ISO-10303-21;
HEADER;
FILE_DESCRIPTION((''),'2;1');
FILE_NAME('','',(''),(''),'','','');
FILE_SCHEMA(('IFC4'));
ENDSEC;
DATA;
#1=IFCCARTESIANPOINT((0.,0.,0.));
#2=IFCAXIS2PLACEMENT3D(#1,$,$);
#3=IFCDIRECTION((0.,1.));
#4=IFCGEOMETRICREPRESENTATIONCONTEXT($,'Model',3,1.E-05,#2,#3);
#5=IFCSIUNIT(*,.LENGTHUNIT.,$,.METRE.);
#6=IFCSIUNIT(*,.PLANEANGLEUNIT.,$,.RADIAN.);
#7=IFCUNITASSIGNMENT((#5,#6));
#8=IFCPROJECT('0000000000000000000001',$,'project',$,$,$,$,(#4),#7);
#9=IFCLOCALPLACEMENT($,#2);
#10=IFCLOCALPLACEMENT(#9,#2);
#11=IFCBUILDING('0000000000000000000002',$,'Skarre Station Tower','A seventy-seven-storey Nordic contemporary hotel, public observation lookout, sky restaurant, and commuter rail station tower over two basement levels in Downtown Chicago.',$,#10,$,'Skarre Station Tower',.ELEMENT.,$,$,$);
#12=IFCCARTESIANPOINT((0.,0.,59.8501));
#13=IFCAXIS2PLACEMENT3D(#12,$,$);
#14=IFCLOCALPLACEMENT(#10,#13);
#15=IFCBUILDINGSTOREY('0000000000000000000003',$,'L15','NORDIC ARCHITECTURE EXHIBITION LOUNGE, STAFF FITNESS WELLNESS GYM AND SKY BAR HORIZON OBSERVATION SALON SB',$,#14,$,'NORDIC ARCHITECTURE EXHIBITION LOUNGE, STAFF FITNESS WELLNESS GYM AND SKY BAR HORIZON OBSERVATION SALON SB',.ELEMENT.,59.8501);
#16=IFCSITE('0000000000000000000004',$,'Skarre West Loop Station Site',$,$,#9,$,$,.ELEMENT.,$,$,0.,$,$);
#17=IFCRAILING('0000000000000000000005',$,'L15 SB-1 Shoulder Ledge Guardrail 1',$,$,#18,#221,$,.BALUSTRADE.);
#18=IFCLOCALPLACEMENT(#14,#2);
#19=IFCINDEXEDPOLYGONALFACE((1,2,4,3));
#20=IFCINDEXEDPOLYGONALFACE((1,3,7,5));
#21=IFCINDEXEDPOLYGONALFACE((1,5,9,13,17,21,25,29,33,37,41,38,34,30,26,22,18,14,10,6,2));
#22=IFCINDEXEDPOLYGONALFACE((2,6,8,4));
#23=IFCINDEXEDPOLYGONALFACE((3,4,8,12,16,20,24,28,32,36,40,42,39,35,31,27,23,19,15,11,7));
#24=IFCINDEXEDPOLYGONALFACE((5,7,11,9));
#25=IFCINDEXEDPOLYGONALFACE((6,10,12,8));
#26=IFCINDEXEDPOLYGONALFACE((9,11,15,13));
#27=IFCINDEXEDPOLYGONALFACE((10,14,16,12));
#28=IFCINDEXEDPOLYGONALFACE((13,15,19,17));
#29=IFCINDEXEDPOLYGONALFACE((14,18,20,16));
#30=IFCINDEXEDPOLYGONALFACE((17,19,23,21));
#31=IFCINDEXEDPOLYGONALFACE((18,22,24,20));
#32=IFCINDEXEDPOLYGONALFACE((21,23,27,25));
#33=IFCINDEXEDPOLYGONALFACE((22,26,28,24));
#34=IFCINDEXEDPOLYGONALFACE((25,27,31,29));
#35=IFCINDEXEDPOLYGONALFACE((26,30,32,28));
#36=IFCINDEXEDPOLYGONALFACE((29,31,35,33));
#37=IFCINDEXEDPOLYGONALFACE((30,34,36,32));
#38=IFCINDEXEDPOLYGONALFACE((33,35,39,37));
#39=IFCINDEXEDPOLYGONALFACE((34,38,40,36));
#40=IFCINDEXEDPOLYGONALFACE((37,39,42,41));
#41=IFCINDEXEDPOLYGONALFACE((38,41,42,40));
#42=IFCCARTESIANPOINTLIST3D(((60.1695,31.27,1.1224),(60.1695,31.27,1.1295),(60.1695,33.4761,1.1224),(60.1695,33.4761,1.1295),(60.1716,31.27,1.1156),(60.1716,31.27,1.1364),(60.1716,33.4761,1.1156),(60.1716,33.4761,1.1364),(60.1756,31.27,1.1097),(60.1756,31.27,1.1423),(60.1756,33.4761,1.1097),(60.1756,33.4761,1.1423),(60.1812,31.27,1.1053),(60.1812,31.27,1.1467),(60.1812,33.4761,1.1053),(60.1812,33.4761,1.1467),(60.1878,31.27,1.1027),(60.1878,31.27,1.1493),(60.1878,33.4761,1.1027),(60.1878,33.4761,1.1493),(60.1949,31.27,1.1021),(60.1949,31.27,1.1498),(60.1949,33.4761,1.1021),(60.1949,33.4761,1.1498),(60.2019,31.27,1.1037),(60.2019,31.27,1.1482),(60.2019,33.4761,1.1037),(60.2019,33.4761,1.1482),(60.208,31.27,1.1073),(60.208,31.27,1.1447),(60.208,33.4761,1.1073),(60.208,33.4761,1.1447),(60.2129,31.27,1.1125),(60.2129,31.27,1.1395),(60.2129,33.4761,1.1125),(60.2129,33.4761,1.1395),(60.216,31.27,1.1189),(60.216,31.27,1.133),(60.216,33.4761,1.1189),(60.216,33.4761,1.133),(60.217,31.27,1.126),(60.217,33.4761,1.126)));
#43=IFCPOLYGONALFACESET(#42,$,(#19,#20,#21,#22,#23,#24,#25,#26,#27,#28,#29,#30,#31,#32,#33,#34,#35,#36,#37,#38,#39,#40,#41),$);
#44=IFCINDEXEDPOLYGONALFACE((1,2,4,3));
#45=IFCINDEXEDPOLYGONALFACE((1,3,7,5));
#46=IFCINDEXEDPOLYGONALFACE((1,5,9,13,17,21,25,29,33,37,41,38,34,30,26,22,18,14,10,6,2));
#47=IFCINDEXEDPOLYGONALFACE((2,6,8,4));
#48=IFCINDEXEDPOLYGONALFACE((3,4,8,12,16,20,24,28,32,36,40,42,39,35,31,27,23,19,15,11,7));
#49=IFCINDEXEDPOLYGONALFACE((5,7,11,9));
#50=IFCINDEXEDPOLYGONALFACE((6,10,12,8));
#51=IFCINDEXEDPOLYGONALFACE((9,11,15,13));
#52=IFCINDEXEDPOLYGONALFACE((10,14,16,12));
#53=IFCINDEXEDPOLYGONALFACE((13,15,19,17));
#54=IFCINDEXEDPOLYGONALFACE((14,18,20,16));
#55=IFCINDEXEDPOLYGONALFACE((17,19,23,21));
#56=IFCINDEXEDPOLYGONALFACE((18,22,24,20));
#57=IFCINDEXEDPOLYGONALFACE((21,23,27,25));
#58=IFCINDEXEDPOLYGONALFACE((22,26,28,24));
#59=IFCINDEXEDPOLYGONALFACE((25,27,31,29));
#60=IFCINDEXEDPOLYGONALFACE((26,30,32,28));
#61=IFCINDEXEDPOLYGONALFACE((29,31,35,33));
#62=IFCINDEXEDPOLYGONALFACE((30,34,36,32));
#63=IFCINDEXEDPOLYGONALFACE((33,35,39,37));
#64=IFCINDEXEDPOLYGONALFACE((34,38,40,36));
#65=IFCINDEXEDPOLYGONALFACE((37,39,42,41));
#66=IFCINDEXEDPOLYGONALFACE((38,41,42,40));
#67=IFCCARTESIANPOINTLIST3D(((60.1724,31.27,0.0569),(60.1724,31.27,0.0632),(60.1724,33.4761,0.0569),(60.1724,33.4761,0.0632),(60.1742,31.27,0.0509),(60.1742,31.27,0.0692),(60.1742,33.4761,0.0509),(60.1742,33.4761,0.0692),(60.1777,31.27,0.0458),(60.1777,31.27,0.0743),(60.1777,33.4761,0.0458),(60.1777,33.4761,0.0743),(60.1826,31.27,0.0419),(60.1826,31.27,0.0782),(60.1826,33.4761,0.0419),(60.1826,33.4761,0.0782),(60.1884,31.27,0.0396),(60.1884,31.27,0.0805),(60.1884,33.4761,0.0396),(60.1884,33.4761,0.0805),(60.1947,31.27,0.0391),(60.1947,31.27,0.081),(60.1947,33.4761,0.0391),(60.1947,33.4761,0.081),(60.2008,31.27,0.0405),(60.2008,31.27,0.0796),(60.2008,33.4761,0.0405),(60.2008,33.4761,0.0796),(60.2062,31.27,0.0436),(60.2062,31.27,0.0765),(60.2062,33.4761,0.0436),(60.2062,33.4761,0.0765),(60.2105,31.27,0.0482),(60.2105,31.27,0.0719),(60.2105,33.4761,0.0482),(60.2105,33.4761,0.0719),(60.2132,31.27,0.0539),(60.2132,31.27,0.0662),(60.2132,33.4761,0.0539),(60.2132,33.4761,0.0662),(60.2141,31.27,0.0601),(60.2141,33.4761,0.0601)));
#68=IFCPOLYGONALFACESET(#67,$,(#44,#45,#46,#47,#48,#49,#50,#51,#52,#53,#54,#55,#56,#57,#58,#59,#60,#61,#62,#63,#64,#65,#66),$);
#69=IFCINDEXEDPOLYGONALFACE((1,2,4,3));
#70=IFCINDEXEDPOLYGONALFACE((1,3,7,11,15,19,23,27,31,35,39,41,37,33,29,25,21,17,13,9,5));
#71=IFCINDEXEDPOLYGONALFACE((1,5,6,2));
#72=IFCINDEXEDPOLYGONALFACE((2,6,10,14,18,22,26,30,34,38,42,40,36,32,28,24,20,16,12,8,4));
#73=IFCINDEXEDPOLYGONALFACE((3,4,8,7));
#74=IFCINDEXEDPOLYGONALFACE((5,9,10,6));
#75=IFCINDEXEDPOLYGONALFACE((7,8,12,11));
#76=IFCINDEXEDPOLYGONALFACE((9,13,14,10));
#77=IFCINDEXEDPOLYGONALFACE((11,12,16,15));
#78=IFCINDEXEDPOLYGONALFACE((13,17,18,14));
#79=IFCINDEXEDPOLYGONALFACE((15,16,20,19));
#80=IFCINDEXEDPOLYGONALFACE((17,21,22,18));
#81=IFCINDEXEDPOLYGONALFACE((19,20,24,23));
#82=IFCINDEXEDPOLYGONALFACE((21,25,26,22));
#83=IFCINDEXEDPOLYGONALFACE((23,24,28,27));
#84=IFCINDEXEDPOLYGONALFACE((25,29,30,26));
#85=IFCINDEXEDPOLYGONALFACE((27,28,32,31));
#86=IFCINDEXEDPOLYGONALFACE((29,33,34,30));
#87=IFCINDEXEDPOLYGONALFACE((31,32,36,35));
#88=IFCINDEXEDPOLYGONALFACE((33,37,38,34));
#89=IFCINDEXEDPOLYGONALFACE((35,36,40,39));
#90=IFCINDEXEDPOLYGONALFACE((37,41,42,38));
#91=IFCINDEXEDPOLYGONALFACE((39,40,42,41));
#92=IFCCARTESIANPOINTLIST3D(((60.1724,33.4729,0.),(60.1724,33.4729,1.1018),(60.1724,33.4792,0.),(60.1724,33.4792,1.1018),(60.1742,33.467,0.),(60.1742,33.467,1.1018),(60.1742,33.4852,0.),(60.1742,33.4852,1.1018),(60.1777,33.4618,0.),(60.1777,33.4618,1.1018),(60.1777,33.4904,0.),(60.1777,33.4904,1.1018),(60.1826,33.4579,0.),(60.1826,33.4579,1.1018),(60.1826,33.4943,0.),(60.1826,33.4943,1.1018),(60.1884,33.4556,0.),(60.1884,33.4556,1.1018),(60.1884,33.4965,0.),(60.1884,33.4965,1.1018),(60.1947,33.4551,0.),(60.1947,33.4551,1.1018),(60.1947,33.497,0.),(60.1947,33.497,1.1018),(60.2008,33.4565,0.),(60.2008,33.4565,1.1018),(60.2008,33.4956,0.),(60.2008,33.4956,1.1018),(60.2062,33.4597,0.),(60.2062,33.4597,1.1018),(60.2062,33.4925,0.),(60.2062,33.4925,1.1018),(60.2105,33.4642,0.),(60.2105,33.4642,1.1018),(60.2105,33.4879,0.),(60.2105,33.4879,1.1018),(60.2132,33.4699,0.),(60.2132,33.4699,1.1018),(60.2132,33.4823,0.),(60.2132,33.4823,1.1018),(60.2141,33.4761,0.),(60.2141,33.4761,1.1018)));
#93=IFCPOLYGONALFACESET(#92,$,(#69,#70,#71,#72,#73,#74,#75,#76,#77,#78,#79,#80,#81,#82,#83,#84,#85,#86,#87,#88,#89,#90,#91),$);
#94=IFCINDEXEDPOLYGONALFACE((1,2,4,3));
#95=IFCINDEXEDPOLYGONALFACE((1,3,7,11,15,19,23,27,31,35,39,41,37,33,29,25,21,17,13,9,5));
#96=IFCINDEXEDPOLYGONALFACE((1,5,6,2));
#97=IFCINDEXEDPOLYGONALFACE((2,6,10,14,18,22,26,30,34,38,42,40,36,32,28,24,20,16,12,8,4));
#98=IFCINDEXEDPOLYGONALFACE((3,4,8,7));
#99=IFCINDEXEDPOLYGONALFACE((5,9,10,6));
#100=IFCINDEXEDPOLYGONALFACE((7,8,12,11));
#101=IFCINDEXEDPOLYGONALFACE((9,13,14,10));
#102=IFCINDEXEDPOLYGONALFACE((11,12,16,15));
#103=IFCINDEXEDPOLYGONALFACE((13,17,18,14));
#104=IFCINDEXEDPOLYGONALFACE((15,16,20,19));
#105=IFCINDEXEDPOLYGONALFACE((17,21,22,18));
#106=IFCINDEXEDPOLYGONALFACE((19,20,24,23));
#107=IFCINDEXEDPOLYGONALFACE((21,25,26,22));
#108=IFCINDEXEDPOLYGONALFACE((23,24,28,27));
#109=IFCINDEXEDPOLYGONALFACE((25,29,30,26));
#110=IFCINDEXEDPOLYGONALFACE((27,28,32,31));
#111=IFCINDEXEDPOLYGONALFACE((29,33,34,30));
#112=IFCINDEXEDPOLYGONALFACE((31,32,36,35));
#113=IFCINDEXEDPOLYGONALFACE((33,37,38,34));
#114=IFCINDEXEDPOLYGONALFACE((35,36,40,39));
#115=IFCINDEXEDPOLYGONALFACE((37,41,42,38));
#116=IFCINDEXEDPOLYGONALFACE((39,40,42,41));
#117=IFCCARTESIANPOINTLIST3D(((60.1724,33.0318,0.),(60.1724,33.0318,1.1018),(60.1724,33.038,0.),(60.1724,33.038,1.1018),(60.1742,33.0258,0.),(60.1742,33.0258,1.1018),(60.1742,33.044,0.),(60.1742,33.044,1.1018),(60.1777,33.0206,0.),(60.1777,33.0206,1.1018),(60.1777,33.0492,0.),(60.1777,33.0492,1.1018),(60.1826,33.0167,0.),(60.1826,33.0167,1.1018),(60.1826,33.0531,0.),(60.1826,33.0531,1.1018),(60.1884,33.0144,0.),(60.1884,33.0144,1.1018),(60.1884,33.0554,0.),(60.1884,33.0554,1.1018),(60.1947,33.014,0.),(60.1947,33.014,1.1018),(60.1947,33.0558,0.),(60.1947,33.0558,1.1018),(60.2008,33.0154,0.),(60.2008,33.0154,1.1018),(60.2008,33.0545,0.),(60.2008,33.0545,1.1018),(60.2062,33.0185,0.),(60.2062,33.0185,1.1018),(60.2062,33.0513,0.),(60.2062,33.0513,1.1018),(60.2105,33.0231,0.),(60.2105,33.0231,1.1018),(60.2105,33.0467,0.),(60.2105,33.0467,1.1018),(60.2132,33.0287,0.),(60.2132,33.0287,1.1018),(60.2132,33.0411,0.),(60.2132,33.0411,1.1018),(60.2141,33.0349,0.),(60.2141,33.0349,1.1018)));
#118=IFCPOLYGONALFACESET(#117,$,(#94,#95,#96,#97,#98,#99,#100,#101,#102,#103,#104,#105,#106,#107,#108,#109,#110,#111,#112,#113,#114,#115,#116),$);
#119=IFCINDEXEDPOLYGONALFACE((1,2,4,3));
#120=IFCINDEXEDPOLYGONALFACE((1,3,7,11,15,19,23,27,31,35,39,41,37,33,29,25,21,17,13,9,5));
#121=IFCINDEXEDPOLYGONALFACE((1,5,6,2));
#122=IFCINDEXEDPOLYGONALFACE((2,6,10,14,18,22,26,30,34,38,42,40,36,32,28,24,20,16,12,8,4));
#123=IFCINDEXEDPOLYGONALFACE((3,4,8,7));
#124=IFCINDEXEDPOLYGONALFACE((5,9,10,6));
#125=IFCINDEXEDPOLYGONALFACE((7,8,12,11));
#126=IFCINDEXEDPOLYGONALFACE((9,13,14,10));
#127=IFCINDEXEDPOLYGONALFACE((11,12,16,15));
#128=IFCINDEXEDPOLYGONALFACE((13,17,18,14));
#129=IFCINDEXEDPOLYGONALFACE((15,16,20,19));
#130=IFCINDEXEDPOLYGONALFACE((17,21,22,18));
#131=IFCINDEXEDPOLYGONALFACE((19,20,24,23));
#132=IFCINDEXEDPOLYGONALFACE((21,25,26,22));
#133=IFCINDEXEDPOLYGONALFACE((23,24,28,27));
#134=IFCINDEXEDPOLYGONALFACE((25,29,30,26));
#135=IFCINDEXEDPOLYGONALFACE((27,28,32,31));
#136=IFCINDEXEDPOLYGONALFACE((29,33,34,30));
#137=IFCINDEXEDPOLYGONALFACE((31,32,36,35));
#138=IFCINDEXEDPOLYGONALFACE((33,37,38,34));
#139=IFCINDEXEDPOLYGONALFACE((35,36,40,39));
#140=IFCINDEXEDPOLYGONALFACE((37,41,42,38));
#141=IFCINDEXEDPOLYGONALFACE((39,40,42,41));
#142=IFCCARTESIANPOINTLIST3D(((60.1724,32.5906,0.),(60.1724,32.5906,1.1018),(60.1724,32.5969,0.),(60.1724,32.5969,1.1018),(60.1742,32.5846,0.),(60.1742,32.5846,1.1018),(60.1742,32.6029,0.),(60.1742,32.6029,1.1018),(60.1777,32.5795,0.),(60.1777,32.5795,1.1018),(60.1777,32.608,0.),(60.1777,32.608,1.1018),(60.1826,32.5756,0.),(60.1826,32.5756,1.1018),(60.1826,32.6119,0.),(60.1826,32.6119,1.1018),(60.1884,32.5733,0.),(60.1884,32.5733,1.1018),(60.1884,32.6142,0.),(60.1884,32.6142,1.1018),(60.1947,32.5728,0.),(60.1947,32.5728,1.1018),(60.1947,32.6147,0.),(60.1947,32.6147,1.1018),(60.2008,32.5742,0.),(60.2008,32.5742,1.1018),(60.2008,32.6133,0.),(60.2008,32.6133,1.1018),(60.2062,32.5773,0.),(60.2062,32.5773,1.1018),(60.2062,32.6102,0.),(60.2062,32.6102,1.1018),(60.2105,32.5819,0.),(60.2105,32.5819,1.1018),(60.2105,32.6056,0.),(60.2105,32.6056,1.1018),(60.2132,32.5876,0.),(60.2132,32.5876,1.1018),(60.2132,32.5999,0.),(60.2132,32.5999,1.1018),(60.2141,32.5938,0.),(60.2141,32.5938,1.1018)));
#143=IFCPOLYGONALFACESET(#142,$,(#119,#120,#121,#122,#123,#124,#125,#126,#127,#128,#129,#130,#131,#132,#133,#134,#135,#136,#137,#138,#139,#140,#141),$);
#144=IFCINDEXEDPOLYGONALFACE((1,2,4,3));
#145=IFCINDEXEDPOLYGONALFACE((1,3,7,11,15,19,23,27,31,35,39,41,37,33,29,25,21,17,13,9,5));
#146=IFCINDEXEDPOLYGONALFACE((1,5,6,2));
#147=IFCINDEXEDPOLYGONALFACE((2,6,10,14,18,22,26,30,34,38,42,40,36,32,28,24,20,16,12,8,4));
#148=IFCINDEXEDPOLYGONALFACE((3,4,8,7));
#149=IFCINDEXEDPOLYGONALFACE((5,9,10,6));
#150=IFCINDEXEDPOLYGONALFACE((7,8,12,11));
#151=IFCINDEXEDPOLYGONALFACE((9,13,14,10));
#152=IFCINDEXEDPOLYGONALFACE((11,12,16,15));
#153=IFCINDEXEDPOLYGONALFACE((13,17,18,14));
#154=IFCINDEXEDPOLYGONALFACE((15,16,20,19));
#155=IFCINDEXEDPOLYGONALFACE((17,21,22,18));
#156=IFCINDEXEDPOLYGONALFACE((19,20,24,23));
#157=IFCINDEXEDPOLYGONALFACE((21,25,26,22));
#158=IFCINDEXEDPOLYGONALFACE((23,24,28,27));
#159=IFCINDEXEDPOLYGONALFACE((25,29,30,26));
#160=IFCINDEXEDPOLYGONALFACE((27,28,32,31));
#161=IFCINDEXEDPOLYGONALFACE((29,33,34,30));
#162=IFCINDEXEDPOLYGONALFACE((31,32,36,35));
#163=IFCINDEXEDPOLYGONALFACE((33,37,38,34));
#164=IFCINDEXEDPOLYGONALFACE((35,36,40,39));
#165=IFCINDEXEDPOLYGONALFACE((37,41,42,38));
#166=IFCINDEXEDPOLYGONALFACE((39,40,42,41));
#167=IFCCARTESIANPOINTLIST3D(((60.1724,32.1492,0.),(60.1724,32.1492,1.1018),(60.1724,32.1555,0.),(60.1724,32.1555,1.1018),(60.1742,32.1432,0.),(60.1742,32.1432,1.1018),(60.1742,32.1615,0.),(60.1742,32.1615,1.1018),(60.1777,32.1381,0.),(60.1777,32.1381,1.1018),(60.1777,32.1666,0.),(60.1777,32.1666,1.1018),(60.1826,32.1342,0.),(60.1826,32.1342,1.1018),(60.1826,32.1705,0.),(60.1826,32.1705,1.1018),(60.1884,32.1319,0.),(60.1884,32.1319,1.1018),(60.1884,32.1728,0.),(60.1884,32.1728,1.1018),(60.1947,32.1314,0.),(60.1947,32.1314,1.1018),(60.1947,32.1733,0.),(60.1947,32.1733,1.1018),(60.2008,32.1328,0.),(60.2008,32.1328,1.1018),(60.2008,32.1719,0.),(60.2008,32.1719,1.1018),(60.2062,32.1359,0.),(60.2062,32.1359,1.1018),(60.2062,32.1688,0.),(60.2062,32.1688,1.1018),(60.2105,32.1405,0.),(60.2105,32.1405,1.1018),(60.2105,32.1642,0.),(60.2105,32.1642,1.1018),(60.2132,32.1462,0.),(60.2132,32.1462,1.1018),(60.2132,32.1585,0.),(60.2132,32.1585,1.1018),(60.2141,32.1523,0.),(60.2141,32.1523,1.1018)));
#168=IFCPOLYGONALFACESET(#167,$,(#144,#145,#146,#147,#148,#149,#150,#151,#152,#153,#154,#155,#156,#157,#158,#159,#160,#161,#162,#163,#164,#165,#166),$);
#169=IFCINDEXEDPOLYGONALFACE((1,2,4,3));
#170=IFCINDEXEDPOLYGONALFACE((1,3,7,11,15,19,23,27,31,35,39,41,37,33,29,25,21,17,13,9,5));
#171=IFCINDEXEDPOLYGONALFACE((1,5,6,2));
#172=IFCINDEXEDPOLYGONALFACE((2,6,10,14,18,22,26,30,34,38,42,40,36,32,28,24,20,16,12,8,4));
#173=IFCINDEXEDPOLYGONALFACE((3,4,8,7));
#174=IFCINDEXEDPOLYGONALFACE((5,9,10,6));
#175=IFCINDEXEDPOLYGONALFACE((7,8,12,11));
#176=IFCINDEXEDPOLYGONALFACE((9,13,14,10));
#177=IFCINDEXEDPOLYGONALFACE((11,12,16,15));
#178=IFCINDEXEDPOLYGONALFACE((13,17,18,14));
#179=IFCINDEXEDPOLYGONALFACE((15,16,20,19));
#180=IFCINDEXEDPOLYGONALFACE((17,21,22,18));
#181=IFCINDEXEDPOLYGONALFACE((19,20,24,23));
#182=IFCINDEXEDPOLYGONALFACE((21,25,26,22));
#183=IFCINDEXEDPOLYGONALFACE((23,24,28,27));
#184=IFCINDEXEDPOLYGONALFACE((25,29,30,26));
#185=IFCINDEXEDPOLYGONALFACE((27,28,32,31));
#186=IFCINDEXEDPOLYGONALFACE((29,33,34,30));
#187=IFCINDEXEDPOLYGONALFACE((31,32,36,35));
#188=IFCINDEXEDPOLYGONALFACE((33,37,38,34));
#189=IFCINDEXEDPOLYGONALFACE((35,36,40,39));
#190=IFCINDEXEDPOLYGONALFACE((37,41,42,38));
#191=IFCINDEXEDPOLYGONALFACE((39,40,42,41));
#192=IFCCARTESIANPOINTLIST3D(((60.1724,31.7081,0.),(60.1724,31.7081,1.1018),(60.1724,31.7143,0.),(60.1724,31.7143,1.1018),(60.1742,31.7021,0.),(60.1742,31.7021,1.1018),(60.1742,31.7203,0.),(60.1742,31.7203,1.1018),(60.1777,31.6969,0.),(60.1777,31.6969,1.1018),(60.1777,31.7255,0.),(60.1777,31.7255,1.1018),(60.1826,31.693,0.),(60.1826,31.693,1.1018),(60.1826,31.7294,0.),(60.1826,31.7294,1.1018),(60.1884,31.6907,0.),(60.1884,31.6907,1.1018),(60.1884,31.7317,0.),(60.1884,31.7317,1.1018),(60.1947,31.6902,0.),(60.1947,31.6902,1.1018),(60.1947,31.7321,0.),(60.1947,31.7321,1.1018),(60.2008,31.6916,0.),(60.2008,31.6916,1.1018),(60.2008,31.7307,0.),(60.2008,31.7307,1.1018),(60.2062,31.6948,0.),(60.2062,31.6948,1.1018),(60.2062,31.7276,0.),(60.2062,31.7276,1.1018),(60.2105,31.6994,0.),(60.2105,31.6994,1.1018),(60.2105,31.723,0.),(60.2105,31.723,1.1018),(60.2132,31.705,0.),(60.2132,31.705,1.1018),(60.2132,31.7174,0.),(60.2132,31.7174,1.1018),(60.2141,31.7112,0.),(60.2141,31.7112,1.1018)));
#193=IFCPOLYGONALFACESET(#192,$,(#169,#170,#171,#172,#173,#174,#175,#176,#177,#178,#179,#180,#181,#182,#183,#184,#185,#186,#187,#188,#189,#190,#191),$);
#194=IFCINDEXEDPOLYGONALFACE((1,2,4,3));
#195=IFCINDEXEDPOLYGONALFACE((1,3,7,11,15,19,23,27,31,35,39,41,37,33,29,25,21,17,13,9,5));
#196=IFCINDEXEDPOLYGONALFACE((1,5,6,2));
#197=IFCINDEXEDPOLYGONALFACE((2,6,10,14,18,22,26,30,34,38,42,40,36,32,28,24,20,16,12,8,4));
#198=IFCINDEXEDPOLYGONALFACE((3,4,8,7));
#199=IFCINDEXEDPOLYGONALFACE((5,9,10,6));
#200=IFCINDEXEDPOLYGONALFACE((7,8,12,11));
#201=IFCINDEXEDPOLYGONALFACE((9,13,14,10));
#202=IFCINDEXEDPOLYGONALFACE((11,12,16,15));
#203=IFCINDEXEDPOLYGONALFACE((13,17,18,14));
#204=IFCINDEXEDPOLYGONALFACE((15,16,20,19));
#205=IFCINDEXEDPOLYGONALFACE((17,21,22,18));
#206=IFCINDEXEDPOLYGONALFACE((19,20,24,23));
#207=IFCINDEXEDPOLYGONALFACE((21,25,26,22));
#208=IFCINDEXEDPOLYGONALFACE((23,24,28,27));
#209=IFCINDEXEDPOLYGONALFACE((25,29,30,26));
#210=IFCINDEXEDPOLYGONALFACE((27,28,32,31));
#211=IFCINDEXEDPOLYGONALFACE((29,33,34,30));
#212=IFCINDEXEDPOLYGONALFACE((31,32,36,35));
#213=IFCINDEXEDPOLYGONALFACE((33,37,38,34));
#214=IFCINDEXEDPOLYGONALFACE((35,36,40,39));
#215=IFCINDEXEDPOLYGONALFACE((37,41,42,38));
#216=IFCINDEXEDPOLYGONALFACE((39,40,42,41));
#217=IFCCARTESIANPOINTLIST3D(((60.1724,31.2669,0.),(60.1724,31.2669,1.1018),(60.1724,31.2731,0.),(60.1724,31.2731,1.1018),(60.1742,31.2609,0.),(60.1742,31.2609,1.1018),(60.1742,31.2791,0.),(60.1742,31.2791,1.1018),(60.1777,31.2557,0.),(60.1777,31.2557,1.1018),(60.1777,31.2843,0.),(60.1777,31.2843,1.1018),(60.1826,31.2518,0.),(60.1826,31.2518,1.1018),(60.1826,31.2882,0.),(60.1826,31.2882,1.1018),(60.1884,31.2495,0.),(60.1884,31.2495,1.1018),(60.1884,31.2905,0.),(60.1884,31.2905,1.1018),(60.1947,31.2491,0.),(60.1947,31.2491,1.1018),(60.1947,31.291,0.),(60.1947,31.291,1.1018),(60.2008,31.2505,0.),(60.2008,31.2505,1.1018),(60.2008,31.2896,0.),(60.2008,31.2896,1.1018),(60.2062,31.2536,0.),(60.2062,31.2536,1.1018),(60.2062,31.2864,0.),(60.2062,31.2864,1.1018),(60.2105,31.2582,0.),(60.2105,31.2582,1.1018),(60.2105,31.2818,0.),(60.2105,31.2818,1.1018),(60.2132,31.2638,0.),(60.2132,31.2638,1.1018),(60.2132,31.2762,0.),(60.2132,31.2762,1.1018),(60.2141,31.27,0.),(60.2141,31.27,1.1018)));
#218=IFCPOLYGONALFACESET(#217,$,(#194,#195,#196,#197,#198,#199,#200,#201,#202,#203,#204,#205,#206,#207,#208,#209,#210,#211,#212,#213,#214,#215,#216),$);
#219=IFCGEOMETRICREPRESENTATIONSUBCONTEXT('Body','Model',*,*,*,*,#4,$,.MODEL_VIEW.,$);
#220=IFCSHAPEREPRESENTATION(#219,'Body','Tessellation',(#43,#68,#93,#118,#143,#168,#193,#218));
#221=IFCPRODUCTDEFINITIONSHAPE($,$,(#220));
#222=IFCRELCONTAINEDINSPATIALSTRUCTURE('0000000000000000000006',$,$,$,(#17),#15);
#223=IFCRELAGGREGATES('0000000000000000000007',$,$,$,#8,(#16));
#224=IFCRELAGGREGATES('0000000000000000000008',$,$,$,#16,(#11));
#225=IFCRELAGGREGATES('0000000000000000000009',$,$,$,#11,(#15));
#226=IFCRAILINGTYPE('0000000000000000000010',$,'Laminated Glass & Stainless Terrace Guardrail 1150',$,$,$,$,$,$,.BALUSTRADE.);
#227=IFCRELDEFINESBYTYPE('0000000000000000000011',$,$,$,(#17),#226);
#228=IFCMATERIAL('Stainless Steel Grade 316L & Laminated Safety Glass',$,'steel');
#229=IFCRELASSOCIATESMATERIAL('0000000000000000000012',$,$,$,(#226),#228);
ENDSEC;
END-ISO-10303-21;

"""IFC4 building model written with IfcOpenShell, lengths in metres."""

from ifc_helpers import new_model, si_unit, direction, frame, origin, origin_2d, place, context, subcontext, project, spatial, circle, extrude, material, type_object, element, save


model = new_model("IFC4")

# Units and contexts
model_context = context("Model", 3, precision=1e-05, world=origin(), true_north=direction((0.0, 1.0)))
body_context = subcontext(model_context, "Body", "Model", "MODEL_VIEW")
ifc_project = project(units=[si_unit("LENGTHUNIT", "METRE"), si_unit("PLANEANGLEUNIT", "RADIAN")], contexts=[model_context])

# Site, building, storey
site_placement = place(None, origin())
site = spatial("IfcSite", under=ifc_project, at=site_placement, Name="Skarre West Loop Station Site", CompositionType="ELEMENT", RefElevation=0.0)
building_placement = place(site_placement, origin())
building = spatial("IfcBuilding", under=site, at=building_placement, Name="Skarre Station Tower", Description="A seventy-seven-storey Nordic contemporary hotel, public observation lookout, sky restaurant, and commuter rail station tower over two basement levels in Downtown Chicago.", LongName="Skarre Station Tower", CompositionType="ELEMENT")
storey_placement = place(building_placement, frame((0.0, 0.0, 59.8501)))
storey = spatial("IfcBuildingStorey", under=building, at=storey_placement, Name="L15", Description="NORDIC ARCHITECTURE EXHIBITION LOUNGE, STAFF FITNESS WELLNESS GYM AND SKY BAR HORIZON OBSERVATION SALON SB", LongName="NORDIC ARCHITECTURE EXHIBITION LOUNGE, STAFF FITNESS WELLNESS GYM AND SKY BAR HORIZON OBSERVATION SALON SB", CompositionType="ELEMENT", Elevation=59.8501)

# Railing
ifc_material_1 = material(Name="Stainless Steel Grade 316L & Laminated Safety Glass", Category="steel")
railing_type = type_object("IfcRailingType", Name="Laminated Glass & Stainless Terrace Guardrail 1150", PredefinedType="BALUSTRADE", material=ifc_material_1)
railing_placement = place(storey_placement, frame((60.1931, 33.4761, 0.0)))
element("IfcRailing", 1, at=railing_placement, inside=storey, type_object=railing_type, Name="L15 SB-1 Shoulder Ledge Guardrail 1", PredefinedType="BALUSTRADE", context=body_context, shape_type="SweptSolid", body=[
    extrude(circle(Radius=0.0239, at=origin_2d()), frame((0.0, 0.0, 1.126), z_axis=(0.0, -1.0, 0.0), x_axis=(1.0, 0.0, 0.0)), (0.0, 0.0, 1.0), 2.2061),
    extrude(circle(Radius=0.021, at=origin_2d()), frame((0.0, 0.0, 0.0601), z_axis=(0.0, -1.0, 0.0), x_axis=(1.0, 0.0, 0.0)), (0.0, 0.0, 1.0), 2.2061),
    extrude(circle(Radius=0.021, at=origin_2d()), origin(), (0.0, 0.0, 1.0), 1.1018),
    extrude(circle(Radius=0.021, at=origin_2d()), frame((0.0, -0.4412, 0.0)), (0.0, 0.0, 1.0), 1.1018),
    extrude(circle(Radius=0.021, at=origin_2d()), frame((0.0, -0.8823, 0.0)), (0.0, 0.0, 1.0), 1.1018),
    extrude(circle(Radius=0.021, at=origin_2d()), frame((0.0, -1.3237, 0.0)), (0.0, 0.0, 1.0), 1.1018),
    extrude(circle(Radius=0.021, at=origin_2d()), frame((0.0, -1.7649, 0.0)), (0.0, 0.0, 1.0), 1.1018),
    extrude(circle(Radius=0.021, at=origin_2d()), frame((0.0, -2.2061, 0.0)), (0.0, 0.0, 1.0), 1.1018),
])

save(model, "model.ifc")
